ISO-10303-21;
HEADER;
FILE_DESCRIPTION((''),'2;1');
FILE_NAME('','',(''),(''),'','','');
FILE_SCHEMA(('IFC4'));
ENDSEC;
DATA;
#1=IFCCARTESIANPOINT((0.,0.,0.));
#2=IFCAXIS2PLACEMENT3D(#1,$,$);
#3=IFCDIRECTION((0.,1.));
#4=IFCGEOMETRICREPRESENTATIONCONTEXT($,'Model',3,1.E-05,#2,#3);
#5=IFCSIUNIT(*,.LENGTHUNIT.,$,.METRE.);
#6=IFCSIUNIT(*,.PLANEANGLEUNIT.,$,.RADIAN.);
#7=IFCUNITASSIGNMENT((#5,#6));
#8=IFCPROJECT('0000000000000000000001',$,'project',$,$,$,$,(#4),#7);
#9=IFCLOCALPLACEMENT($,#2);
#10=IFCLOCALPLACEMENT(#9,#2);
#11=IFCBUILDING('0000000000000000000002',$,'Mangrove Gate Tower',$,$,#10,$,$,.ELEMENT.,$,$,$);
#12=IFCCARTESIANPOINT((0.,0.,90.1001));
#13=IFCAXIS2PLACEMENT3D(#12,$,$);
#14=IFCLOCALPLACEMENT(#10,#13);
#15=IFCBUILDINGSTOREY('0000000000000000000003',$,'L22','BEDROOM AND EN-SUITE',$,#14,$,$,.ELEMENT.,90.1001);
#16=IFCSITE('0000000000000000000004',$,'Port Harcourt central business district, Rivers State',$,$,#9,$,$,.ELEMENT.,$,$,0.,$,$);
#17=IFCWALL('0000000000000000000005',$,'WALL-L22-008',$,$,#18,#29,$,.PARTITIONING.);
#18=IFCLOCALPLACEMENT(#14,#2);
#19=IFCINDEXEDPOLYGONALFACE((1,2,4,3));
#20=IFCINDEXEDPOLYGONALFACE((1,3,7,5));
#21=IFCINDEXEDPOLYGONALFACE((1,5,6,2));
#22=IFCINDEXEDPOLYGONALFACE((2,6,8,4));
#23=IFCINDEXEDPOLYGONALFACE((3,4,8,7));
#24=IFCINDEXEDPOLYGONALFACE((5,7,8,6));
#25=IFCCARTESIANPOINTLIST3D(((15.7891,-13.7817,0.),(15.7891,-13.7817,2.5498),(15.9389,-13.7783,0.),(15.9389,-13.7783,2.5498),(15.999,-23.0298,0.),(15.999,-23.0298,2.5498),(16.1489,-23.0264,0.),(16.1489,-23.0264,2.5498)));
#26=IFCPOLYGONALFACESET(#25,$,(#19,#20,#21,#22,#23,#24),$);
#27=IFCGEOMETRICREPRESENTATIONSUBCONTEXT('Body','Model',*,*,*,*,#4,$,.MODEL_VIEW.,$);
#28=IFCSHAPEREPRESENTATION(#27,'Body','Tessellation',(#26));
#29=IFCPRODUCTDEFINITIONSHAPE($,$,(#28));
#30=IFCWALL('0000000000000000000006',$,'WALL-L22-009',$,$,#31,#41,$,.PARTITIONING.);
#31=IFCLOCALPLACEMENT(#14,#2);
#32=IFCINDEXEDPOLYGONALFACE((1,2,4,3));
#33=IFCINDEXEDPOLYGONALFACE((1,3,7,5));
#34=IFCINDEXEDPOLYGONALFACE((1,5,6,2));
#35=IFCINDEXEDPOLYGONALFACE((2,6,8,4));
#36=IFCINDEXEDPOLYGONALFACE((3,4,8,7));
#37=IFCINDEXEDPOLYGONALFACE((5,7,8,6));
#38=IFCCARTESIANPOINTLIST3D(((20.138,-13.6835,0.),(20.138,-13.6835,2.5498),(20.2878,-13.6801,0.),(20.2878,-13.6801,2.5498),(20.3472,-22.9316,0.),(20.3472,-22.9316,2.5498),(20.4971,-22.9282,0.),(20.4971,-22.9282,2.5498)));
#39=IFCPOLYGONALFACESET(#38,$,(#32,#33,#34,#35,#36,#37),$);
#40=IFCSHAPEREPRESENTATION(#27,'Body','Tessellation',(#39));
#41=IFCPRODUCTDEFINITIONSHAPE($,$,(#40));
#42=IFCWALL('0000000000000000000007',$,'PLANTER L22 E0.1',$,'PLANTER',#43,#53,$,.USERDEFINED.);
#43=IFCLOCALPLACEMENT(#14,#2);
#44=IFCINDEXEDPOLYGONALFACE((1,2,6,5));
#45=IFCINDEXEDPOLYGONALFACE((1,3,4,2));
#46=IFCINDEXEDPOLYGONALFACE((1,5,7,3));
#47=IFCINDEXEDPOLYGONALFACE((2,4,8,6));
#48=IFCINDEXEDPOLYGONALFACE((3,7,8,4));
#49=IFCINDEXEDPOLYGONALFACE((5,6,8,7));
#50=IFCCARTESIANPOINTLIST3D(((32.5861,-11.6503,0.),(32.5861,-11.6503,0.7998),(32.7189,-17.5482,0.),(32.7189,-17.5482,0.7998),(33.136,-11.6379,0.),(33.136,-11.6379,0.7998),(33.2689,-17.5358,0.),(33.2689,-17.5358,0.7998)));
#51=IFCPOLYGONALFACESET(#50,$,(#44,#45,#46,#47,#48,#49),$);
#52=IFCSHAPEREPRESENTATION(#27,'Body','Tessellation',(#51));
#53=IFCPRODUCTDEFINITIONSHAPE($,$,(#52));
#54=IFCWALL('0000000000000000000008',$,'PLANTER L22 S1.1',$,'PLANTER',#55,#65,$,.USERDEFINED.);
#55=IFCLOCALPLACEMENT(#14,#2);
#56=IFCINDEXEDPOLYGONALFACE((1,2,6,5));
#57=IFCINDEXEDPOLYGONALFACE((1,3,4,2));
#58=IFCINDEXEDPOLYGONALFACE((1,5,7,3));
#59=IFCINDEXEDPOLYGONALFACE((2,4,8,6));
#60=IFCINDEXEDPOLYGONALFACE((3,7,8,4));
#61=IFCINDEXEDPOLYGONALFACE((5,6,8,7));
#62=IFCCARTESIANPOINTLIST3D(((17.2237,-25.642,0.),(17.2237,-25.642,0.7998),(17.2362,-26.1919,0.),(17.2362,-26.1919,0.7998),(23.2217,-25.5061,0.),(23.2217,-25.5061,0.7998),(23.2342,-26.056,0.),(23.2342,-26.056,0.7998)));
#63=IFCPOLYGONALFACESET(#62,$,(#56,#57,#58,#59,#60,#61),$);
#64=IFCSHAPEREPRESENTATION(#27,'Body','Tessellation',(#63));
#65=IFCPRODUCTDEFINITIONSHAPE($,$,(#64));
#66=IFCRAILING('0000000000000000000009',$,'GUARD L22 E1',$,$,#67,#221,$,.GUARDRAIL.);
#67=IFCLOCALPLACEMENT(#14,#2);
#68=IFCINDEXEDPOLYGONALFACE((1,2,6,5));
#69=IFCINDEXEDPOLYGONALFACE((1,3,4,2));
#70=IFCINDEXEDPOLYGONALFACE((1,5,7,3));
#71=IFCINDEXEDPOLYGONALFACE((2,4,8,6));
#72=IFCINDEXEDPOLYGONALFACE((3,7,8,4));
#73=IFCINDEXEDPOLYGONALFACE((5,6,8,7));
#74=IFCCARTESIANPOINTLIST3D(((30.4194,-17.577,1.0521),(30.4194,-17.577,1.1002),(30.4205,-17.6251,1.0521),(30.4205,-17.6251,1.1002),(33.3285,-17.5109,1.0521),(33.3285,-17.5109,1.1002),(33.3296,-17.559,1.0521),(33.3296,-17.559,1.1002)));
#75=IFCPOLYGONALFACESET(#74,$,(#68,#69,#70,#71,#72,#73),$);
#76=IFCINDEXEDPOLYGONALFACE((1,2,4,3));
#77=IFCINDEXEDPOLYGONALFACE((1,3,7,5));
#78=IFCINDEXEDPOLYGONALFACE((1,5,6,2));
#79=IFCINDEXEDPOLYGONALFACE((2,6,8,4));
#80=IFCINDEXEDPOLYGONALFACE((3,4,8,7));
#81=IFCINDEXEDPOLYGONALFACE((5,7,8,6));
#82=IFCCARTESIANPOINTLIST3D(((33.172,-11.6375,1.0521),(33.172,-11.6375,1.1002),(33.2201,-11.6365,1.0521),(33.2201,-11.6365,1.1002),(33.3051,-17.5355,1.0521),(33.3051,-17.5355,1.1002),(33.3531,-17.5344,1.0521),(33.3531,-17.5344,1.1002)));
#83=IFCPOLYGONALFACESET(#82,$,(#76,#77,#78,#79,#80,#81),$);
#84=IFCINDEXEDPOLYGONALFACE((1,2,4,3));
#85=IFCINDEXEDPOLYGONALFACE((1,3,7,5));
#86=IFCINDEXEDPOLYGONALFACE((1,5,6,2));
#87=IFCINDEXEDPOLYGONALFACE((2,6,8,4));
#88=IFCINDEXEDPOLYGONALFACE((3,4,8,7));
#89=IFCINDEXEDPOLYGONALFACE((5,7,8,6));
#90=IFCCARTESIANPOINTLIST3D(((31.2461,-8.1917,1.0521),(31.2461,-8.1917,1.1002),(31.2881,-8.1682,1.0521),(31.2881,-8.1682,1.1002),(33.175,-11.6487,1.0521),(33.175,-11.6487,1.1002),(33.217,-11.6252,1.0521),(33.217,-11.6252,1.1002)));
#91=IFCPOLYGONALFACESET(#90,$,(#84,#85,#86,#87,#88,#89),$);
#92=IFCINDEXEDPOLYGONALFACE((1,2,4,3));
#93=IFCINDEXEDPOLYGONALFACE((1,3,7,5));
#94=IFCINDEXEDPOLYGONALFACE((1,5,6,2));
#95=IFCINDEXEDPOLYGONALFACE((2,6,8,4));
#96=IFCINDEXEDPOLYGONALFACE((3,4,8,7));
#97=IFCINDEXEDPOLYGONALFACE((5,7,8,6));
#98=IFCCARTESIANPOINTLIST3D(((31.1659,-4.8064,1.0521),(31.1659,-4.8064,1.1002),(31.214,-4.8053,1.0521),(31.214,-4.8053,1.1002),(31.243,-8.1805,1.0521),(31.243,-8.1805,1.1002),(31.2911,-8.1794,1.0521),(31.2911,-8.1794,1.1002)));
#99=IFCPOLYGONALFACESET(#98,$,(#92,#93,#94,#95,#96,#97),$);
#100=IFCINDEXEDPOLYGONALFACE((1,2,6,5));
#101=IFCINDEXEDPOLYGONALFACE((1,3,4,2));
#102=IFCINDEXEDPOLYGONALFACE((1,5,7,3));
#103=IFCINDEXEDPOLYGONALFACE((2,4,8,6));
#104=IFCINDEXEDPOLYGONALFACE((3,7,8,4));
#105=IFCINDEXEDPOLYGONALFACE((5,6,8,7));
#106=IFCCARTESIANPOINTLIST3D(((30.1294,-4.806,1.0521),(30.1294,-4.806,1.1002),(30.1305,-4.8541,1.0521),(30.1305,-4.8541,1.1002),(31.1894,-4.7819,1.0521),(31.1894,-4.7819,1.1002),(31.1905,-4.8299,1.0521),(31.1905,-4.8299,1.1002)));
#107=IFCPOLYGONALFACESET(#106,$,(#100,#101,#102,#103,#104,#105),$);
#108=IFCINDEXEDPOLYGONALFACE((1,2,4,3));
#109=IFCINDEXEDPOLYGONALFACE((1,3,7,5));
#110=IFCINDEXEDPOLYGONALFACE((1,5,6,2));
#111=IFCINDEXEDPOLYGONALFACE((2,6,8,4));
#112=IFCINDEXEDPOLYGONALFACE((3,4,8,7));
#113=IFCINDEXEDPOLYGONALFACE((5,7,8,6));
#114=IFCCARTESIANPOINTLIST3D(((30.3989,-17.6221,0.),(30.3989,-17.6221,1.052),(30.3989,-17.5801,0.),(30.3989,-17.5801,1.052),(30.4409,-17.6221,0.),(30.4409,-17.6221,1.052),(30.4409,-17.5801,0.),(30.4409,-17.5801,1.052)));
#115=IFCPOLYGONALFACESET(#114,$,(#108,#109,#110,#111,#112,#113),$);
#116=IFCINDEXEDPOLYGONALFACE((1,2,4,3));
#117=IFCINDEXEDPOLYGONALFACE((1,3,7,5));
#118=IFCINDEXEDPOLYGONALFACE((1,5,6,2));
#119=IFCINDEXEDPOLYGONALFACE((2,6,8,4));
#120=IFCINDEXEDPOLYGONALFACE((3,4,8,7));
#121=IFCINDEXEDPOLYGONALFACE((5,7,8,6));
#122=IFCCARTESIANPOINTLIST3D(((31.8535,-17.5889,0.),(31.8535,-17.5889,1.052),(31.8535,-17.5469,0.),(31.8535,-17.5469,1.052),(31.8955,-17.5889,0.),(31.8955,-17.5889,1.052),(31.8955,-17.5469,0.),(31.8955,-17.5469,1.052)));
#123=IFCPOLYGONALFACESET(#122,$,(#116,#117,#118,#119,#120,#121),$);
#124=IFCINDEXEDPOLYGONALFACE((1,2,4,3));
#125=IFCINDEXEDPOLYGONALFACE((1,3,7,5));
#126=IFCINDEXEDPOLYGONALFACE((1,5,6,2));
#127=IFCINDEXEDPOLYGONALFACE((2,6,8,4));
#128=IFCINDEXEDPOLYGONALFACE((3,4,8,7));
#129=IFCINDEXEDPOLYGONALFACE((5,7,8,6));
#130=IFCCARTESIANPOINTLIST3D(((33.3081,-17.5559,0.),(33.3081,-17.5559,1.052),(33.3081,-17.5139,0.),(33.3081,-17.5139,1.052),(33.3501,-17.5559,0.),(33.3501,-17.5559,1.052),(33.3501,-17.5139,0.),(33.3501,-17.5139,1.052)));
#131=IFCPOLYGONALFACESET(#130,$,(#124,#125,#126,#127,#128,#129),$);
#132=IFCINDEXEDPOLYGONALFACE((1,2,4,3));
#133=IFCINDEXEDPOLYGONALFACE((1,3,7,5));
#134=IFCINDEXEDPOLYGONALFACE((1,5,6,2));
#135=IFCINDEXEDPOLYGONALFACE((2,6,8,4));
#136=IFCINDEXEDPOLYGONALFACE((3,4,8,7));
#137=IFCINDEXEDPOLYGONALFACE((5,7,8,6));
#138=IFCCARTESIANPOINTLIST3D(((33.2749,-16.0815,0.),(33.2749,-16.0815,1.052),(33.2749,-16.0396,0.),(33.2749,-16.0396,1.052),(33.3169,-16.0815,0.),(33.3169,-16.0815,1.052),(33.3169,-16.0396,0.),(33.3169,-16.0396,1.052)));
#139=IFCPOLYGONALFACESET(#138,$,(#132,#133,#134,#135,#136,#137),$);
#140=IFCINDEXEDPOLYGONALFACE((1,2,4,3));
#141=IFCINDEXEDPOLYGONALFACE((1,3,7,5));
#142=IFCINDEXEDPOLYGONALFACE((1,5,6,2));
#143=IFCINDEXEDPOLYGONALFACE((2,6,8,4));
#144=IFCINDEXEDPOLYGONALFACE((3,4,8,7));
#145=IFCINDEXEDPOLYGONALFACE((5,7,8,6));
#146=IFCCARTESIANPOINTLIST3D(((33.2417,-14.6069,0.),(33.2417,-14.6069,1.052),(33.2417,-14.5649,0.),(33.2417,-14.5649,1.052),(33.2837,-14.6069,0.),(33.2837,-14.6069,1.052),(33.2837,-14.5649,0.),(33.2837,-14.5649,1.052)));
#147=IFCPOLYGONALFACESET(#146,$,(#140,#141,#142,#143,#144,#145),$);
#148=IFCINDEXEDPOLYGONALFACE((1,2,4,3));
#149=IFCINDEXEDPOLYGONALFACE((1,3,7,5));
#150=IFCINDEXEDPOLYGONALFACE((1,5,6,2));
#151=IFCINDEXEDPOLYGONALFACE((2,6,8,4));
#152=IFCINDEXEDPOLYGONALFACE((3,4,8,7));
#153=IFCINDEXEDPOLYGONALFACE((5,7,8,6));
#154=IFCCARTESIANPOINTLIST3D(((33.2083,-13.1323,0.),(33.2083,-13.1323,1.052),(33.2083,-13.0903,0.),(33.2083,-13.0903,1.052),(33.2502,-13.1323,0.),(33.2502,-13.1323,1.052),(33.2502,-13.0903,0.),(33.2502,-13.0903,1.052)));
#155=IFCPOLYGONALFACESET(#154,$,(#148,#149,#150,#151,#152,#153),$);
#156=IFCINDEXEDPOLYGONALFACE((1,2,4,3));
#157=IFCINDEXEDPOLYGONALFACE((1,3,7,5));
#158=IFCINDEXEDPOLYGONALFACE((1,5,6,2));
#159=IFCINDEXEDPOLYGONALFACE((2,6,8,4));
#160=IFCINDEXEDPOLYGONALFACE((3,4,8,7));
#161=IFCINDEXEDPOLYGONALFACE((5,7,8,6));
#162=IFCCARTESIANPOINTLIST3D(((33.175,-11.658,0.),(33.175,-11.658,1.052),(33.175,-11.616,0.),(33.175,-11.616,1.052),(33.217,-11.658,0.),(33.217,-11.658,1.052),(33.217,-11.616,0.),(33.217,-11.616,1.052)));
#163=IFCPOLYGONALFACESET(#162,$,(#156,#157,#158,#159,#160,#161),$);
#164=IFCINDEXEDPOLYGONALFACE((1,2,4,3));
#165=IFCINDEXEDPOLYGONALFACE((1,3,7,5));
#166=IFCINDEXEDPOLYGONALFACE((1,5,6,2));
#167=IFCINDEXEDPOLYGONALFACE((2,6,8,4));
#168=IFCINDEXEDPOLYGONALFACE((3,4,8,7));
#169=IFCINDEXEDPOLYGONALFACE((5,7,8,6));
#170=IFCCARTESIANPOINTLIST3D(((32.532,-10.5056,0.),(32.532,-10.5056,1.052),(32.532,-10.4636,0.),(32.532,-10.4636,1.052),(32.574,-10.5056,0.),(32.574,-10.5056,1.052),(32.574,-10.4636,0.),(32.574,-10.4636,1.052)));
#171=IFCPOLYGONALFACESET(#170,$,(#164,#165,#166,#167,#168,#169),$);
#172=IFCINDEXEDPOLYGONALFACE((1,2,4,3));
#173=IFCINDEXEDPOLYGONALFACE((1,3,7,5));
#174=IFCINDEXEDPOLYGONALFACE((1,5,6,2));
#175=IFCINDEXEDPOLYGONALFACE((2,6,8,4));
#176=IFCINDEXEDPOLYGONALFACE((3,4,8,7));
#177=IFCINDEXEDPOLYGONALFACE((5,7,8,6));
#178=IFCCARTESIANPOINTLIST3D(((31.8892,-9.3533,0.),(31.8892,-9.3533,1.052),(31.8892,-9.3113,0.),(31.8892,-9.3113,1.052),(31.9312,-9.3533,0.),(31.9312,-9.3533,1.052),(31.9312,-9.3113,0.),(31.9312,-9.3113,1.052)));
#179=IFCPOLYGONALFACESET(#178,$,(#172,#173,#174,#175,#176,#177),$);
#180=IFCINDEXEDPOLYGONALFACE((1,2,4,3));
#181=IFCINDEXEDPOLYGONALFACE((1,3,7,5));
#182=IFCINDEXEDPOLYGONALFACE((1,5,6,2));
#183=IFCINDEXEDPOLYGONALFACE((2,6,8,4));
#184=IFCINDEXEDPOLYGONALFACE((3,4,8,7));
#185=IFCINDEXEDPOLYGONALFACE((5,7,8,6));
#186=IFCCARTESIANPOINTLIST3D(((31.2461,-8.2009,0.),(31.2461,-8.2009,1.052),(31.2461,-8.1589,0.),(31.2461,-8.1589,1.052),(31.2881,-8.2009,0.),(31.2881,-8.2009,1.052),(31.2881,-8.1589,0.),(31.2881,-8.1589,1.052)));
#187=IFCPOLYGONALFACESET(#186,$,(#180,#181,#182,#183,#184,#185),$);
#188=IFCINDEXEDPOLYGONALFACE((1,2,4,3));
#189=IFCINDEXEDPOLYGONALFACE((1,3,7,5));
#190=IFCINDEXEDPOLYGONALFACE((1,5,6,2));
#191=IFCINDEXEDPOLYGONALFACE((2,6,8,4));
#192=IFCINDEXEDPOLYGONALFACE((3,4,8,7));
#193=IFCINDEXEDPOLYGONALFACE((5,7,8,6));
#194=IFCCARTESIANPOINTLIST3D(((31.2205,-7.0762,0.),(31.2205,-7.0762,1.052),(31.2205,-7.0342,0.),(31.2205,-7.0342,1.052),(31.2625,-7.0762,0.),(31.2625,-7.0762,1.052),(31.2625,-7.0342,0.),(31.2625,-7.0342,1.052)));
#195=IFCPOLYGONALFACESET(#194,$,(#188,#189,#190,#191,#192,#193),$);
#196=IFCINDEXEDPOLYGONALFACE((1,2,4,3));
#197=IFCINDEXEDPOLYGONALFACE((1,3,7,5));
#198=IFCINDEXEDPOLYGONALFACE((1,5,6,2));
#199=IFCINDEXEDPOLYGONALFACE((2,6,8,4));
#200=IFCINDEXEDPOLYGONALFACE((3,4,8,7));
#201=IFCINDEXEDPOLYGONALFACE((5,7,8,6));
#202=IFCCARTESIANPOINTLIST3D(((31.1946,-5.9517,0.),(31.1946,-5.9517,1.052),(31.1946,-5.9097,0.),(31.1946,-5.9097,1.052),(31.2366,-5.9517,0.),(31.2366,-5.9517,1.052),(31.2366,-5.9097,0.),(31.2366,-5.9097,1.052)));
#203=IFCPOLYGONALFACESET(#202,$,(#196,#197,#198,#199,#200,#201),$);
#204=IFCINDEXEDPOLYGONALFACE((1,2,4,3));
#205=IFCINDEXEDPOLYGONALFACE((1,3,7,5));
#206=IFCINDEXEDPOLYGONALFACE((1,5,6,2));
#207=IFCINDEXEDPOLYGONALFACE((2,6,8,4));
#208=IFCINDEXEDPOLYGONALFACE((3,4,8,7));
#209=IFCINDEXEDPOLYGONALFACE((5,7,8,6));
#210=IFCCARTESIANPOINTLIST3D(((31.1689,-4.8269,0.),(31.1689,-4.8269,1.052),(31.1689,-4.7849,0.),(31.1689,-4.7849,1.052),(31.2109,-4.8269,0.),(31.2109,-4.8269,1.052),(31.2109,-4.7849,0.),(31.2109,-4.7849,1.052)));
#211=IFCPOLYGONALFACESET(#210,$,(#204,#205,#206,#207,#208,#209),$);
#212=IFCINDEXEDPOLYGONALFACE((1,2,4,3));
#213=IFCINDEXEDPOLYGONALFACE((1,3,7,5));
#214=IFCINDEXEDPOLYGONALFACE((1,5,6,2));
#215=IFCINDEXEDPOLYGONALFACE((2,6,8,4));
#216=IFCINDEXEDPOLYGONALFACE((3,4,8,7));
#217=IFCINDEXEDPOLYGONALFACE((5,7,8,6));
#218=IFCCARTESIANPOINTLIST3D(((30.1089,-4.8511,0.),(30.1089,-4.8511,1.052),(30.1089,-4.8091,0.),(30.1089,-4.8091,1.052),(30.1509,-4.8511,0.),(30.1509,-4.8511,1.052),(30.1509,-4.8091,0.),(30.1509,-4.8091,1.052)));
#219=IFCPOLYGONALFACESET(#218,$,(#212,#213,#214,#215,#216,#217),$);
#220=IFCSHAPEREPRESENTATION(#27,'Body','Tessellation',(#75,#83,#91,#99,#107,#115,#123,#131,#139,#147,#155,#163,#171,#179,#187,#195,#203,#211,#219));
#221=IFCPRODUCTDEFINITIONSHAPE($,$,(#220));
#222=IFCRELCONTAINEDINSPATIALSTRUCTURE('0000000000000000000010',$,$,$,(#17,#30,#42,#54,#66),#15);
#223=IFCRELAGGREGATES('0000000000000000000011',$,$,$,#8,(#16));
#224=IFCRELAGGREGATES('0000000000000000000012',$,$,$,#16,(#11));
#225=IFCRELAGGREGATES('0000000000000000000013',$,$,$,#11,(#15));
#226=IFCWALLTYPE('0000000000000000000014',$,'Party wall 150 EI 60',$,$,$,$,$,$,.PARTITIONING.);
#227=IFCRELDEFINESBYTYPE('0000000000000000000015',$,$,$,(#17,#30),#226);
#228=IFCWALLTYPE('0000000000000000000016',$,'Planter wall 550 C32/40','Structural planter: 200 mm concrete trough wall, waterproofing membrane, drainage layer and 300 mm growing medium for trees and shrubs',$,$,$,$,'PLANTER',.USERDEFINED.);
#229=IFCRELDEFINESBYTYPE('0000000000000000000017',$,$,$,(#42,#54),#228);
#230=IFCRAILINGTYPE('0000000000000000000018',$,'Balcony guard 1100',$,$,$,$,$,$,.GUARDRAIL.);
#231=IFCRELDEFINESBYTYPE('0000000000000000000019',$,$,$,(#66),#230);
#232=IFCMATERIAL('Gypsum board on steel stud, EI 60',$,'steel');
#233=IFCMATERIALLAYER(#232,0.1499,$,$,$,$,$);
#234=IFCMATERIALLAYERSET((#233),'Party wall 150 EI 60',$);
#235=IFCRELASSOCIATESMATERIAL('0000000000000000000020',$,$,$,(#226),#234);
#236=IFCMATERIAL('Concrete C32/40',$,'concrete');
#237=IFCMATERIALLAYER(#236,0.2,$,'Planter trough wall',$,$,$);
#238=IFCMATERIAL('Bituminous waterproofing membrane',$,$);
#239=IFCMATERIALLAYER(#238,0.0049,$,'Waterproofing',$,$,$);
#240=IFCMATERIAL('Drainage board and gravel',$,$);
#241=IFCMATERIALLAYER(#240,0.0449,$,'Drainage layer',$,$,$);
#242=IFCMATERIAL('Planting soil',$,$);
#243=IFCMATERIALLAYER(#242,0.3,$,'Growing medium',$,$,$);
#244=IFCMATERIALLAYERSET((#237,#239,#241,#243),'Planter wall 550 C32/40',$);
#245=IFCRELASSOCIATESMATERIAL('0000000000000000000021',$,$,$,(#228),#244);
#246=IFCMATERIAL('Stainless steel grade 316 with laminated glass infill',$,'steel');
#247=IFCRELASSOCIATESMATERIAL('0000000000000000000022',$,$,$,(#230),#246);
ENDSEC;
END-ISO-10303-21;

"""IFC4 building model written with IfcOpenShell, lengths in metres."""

from ifc_helpers import new_model, si_unit, direction, frame, frame_2d, origin, origin_2d, place, context, subcontext, project, spatial, rectangle, extrude, material, layer, layer_set, type_object, element, save


model = new_model("IFC4")

# Units and contexts
model_context = context("Model", 3, precision=1e-05, world=origin(), true_north=direction((0.0, 1.0)))
body_context = subcontext(model_context, "Body", "Model", "MODEL_VIEW")
ifc_project = project(units=[si_unit("LENGTHUNIT", "METRE"), si_unit("PLANEANGLEUNIT", "RADIAN")], contexts=[model_context])

# Site, building, storey
site_placement = place(None, origin())
site = spatial("IfcSite", under=ifc_project, at=site_placement, Name="Port Harcourt central business district, Rivers State", CompositionType="ELEMENT", RefElevation=0.0)
building_placement = place(site_placement, origin())
building = spatial("IfcBuilding", under=site, at=building_placement, Name="Mangrove Gate Tower", CompositionType="ELEMENT")
storey_placement = place(building_placement, frame((0.0, 0.0, 90.1001)))
storey = spatial("IfcBuildingStorey", under=building, at=storey_placement, Name="L22", Description="BEDROOM AND EN-SUITE", CompositionType="ELEMENT", Elevation=90.1001)

# Walls
ifc_material_1 = material(Name="Gypsum board on steel stud, EI 60", Category="steel")
ifc_layer_1 = layer(ifc_material_1, 0.1499)
ifc_layer_set_1 = layer_set([ifc_layer_1], Name="Party wall 150 EI 60")
wall_type_1 = type_object("IfcWallType", Name="Party wall 150 EI 60", PredefinedType="PARTITIONING", material=ifc_layer_set_1)
for number, where, z_axis, x_axis, name in (
    (1, (16.074, -23.0281, 0.0), (0.0, 0.0, 1.0), (-0.022697, 0.999742, 0.0), "WALL-L22-008"),
    (2, (20.4221, -22.9299, 0.0), (0.0, 0.0, 1.0), (-0.022618, 0.999744, 0.0), "WALL-L22-009"),
):
    element("IfcWall", number, at=place(storey_placement, frame(where, z_axis=z_axis, x_axis=x_axis)), inside=storey, type_object=wall_type_1, Name=name, PredefinedType="PARTITIONING", context=body_context, shape_type="SweptSolid", body=[
        extrude(rectangle(XDim=9.2505, YDim=0.1499, at=frame_2d((4.6252, 0.0))), origin(), (0.0, 0.0, 1.0), 2.5498),
    ])
ifc_material_2 = material(Name="Concrete C32/40", Category="concrete")
ifc_layer_2 = layer(ifc_material_2, 0.2, Name="Planter trough wall")
ifc_material_3 = material(Name="Bituminous waterproofing membrane")
ifc_layer_3 = layer(ifc_material_3, 0.0049, Name="Waterproofing")
ifc_material_4 = material(Name="Drainage board and gravel")
ifc_layer_4 = layer(ifc_material_4, 0.0449, Name="Drainage layer")
ifc_material_5 = material(Name="Planting soil")
ifc_layer_5 = layer(ifc_material_5, 0.3, Name="Growing medium")
ifc_layer_set_2 = layer_set([ifc_layer_2, ifc_layer_3, ifc_layer_4, ifc_layer_5], Name="Planter wall 550 C32/40")
wall_type_2 = type_object("IfcWallType", Name="Planter wall 550 C32/40", Description="Structural planter: 200 mm concrete trough wall, waterproofing membrane, drainage layer and 300 mm growing medium for trees and shrubs", ElementType="PLANTER", PredefinedType="USERDEFINED", material=ifc_layer_set_2)
wall_1_placement = place(storey_placement, frame((32.9939, -17.542, 0.0), z_axis=(0.0, 0.0, 1.0), x_axis=(-0.022513, 0.999747, 0.0)))
element("IfcWall", 3, at=wall_1_placement, inside=storey, type_object=wall_type_2, Name="PLANTER L22 E0.1", ObjectType="PLANTER", PredefinedType="USERDEFINED", context=body_context, shape_type="SweptSolid", body=[
    extrude(rectangle(XDim=5.8994, YDim=0.55, at=frame_2d((2.9497, 0.0))), origin(), (0.0, 0.0, 1.0), 0.7998),
])
wall_2_placement = place(storey_placement, frame((17.23, -25.917, 0.0), z_axis=(0.0, 0.0, 1.0), x_axis=(0.999743, 0.022666, 0.0)))
element("IfcWall", 4, at=wall_2_placement, inside=storey, type_object=wall_type_2, Name="PLANTER L22 S1.1", ObjectType="PLANTER", PredefinedType="USERDEFINED", context=body_context, shape_type="SweptSolid", body=[
    extrude(rectangle(XDim=5.9995, YDim=0.55, at=frame_2d((2.9998, 0.0))), origin(), (0.0, 0.0, 1.0), 0.7998),
])

# Railing
ifc_material_6 = material(Name="Stainless steel grade 316 with laminated glass infill", Category="steel")
railing_type = type_object("IfcRailingType", Name="Balcony guard 1100", PredefinedType="GUARDRAIL", material=ifc_material_6)
railing_placement = place(storey_placement, frame((30.4199, -17.6011, 0.0)))
element("IfcRailing", 5, at=railing_placement, inside=storey, type_object=railing_type, Name="GUARD L22 E1", PredefinedType="GUARDRAIL", context=body_context, shape_type="SweptSolid", body=[
    extrude(rectangle(XDim=0.0481, YDim=0.0481, at=origin_2d()), frame((0.0, 0.0, 1.0762), z_axis=(0.999741, 0.022737, 0.0), x_axis=(-0.022737, 0.999741, 0.0)), (0.0, 0.0, 1.0), 2.9099),
    extrude(rectangle(XDim=0.0481, YDim=0.0481, at=origin_2d()), frame((2.9092, 0.0662, 1.0762), z_axis=(-0.022554, 0.999746, 0.0), x_axis=(-0.999746, -0.022554, 0.0)), (0.0, 0.0, 1.0), 5.8994),
    extrude(rectangle(XDim=0.0481, YDim=0.0481, at=origin_2d()), frame((2.7761, 5.9641, 1.0762), z_axis=(-0.48726, 0.873257, 0.0), x_axis=(-0.873257, -0.48726, 0.0)), (0.0, 0.0, 1.0), 3.9587),
    extrude(rectangle(XDim=0.0481, YDim=0.0481, at=origin_2d()), frame((0.8472, 9.4211, 1.0762), z_axis=(-0.022859, 0.999739, 0.0), x_axis=(-0.999739, -0.022859, 0.0)), (0.0, 0.0, 1.0), 3.375),
    extrude(rectangle(XDim=0.0481, YDim=0.0481, at=origin_2d()), frame((0.77, 12.7952, 1.0762), z_axis=(-0.99974, -0.022795, 0.0), x_axis=(0.022795, -0.99974, 0.0)), (0.0, 0.0, 1.0), 1.0603),
    extrude(rectangle(XDim=0.042, YDim=0.042, at=origin_2d()), origin(), (0.0, 0.0, 1.0), 1.052),
    extrude(rectangle(XDim=0.042, YDim=0.042, at=origin_2d()), frame((1.4546, 0.0332, 0.0)), (0.0, 0.0, 1.0), 1.052),
    extrude(rectangle(XDim=0.042, YDim=0.042, at=origin_2d()), frame((2.9092, 0.0662, 0.0)), (0.0, 0.0, 1.0), 1.052),
    extrude(rectangle(XDim=0.042, YDim=0.042, at=origin_2d()), frame((2.876, 1.5405, 0.0)), (0.0, 0.0, 1.0), 1.052),
    extrude(rectangle(XDim=0.042, YDim=0.042, at=origin_2d()), frame((2.8428, 3.0151, 0.0)), (0.0, 0.0, 1.0), 1.052),
    extrude(rectangle(XDim=0.042, YDim=0.042, at=origin_2d()), frame((2.8093, 4.4897, 0.0)), (0.0, 0.0, 1.0), 1.052),
    extrude(rectangle(XDim=0.042, YDim=0.042, at=origin_2d()), frame((2.7761, 5.9641, 0.0)), (0.0, 0.0, 1.0), 1.052),
    extrude(rectangle(XDim=0.042, YDim=0.042, at=origin_2d()), frame((2.1331, 7.1165, 0.0)), (0.0, 0.0, 1.0), 1.052),
    extrude(rectangle(XDim=0.042, YDim=0.042, at=origin_2d()), frame((1.4902, 8.2688, 0.0)), (0.0, 0.0, 1.0), 1.052),
    extrude(rectangle(XDim=0.042, YDim=0.042, at=origin_2d()), frame((0.8472, 9.4211, 0.0)), (0.0, 0.0, 1.0), 1.052),
    extrude(rectangle(XDim=0.042, YDim=0.042, at=origin_2d()), frame((0.8215, 10.5459, 0.0)), (0.0, 0.0, 1.0), 1.052),
    extrude(rectangle(XDim=0.042, YDim=0.042, at=origin_2d()), frame((0.7957, 11.6704, 0.0)), (0.0, 0.0, 1.0), 1.052),
    extrude(rectangle(XDim=0.042, YDim=0.042, at=origin_2d()), frame((0.77, 12.7952, 0.0)), (0.0, 0.0, 1.0), 1.052),
    extrude(rectangle(XDim=0.042, YDim=0.042, at=origin_2d()), frame((-0.29, 12.771, 0.0)), (0.0, 0.0, 1.0), 1.052),
])

save(model, "model.ifc")
